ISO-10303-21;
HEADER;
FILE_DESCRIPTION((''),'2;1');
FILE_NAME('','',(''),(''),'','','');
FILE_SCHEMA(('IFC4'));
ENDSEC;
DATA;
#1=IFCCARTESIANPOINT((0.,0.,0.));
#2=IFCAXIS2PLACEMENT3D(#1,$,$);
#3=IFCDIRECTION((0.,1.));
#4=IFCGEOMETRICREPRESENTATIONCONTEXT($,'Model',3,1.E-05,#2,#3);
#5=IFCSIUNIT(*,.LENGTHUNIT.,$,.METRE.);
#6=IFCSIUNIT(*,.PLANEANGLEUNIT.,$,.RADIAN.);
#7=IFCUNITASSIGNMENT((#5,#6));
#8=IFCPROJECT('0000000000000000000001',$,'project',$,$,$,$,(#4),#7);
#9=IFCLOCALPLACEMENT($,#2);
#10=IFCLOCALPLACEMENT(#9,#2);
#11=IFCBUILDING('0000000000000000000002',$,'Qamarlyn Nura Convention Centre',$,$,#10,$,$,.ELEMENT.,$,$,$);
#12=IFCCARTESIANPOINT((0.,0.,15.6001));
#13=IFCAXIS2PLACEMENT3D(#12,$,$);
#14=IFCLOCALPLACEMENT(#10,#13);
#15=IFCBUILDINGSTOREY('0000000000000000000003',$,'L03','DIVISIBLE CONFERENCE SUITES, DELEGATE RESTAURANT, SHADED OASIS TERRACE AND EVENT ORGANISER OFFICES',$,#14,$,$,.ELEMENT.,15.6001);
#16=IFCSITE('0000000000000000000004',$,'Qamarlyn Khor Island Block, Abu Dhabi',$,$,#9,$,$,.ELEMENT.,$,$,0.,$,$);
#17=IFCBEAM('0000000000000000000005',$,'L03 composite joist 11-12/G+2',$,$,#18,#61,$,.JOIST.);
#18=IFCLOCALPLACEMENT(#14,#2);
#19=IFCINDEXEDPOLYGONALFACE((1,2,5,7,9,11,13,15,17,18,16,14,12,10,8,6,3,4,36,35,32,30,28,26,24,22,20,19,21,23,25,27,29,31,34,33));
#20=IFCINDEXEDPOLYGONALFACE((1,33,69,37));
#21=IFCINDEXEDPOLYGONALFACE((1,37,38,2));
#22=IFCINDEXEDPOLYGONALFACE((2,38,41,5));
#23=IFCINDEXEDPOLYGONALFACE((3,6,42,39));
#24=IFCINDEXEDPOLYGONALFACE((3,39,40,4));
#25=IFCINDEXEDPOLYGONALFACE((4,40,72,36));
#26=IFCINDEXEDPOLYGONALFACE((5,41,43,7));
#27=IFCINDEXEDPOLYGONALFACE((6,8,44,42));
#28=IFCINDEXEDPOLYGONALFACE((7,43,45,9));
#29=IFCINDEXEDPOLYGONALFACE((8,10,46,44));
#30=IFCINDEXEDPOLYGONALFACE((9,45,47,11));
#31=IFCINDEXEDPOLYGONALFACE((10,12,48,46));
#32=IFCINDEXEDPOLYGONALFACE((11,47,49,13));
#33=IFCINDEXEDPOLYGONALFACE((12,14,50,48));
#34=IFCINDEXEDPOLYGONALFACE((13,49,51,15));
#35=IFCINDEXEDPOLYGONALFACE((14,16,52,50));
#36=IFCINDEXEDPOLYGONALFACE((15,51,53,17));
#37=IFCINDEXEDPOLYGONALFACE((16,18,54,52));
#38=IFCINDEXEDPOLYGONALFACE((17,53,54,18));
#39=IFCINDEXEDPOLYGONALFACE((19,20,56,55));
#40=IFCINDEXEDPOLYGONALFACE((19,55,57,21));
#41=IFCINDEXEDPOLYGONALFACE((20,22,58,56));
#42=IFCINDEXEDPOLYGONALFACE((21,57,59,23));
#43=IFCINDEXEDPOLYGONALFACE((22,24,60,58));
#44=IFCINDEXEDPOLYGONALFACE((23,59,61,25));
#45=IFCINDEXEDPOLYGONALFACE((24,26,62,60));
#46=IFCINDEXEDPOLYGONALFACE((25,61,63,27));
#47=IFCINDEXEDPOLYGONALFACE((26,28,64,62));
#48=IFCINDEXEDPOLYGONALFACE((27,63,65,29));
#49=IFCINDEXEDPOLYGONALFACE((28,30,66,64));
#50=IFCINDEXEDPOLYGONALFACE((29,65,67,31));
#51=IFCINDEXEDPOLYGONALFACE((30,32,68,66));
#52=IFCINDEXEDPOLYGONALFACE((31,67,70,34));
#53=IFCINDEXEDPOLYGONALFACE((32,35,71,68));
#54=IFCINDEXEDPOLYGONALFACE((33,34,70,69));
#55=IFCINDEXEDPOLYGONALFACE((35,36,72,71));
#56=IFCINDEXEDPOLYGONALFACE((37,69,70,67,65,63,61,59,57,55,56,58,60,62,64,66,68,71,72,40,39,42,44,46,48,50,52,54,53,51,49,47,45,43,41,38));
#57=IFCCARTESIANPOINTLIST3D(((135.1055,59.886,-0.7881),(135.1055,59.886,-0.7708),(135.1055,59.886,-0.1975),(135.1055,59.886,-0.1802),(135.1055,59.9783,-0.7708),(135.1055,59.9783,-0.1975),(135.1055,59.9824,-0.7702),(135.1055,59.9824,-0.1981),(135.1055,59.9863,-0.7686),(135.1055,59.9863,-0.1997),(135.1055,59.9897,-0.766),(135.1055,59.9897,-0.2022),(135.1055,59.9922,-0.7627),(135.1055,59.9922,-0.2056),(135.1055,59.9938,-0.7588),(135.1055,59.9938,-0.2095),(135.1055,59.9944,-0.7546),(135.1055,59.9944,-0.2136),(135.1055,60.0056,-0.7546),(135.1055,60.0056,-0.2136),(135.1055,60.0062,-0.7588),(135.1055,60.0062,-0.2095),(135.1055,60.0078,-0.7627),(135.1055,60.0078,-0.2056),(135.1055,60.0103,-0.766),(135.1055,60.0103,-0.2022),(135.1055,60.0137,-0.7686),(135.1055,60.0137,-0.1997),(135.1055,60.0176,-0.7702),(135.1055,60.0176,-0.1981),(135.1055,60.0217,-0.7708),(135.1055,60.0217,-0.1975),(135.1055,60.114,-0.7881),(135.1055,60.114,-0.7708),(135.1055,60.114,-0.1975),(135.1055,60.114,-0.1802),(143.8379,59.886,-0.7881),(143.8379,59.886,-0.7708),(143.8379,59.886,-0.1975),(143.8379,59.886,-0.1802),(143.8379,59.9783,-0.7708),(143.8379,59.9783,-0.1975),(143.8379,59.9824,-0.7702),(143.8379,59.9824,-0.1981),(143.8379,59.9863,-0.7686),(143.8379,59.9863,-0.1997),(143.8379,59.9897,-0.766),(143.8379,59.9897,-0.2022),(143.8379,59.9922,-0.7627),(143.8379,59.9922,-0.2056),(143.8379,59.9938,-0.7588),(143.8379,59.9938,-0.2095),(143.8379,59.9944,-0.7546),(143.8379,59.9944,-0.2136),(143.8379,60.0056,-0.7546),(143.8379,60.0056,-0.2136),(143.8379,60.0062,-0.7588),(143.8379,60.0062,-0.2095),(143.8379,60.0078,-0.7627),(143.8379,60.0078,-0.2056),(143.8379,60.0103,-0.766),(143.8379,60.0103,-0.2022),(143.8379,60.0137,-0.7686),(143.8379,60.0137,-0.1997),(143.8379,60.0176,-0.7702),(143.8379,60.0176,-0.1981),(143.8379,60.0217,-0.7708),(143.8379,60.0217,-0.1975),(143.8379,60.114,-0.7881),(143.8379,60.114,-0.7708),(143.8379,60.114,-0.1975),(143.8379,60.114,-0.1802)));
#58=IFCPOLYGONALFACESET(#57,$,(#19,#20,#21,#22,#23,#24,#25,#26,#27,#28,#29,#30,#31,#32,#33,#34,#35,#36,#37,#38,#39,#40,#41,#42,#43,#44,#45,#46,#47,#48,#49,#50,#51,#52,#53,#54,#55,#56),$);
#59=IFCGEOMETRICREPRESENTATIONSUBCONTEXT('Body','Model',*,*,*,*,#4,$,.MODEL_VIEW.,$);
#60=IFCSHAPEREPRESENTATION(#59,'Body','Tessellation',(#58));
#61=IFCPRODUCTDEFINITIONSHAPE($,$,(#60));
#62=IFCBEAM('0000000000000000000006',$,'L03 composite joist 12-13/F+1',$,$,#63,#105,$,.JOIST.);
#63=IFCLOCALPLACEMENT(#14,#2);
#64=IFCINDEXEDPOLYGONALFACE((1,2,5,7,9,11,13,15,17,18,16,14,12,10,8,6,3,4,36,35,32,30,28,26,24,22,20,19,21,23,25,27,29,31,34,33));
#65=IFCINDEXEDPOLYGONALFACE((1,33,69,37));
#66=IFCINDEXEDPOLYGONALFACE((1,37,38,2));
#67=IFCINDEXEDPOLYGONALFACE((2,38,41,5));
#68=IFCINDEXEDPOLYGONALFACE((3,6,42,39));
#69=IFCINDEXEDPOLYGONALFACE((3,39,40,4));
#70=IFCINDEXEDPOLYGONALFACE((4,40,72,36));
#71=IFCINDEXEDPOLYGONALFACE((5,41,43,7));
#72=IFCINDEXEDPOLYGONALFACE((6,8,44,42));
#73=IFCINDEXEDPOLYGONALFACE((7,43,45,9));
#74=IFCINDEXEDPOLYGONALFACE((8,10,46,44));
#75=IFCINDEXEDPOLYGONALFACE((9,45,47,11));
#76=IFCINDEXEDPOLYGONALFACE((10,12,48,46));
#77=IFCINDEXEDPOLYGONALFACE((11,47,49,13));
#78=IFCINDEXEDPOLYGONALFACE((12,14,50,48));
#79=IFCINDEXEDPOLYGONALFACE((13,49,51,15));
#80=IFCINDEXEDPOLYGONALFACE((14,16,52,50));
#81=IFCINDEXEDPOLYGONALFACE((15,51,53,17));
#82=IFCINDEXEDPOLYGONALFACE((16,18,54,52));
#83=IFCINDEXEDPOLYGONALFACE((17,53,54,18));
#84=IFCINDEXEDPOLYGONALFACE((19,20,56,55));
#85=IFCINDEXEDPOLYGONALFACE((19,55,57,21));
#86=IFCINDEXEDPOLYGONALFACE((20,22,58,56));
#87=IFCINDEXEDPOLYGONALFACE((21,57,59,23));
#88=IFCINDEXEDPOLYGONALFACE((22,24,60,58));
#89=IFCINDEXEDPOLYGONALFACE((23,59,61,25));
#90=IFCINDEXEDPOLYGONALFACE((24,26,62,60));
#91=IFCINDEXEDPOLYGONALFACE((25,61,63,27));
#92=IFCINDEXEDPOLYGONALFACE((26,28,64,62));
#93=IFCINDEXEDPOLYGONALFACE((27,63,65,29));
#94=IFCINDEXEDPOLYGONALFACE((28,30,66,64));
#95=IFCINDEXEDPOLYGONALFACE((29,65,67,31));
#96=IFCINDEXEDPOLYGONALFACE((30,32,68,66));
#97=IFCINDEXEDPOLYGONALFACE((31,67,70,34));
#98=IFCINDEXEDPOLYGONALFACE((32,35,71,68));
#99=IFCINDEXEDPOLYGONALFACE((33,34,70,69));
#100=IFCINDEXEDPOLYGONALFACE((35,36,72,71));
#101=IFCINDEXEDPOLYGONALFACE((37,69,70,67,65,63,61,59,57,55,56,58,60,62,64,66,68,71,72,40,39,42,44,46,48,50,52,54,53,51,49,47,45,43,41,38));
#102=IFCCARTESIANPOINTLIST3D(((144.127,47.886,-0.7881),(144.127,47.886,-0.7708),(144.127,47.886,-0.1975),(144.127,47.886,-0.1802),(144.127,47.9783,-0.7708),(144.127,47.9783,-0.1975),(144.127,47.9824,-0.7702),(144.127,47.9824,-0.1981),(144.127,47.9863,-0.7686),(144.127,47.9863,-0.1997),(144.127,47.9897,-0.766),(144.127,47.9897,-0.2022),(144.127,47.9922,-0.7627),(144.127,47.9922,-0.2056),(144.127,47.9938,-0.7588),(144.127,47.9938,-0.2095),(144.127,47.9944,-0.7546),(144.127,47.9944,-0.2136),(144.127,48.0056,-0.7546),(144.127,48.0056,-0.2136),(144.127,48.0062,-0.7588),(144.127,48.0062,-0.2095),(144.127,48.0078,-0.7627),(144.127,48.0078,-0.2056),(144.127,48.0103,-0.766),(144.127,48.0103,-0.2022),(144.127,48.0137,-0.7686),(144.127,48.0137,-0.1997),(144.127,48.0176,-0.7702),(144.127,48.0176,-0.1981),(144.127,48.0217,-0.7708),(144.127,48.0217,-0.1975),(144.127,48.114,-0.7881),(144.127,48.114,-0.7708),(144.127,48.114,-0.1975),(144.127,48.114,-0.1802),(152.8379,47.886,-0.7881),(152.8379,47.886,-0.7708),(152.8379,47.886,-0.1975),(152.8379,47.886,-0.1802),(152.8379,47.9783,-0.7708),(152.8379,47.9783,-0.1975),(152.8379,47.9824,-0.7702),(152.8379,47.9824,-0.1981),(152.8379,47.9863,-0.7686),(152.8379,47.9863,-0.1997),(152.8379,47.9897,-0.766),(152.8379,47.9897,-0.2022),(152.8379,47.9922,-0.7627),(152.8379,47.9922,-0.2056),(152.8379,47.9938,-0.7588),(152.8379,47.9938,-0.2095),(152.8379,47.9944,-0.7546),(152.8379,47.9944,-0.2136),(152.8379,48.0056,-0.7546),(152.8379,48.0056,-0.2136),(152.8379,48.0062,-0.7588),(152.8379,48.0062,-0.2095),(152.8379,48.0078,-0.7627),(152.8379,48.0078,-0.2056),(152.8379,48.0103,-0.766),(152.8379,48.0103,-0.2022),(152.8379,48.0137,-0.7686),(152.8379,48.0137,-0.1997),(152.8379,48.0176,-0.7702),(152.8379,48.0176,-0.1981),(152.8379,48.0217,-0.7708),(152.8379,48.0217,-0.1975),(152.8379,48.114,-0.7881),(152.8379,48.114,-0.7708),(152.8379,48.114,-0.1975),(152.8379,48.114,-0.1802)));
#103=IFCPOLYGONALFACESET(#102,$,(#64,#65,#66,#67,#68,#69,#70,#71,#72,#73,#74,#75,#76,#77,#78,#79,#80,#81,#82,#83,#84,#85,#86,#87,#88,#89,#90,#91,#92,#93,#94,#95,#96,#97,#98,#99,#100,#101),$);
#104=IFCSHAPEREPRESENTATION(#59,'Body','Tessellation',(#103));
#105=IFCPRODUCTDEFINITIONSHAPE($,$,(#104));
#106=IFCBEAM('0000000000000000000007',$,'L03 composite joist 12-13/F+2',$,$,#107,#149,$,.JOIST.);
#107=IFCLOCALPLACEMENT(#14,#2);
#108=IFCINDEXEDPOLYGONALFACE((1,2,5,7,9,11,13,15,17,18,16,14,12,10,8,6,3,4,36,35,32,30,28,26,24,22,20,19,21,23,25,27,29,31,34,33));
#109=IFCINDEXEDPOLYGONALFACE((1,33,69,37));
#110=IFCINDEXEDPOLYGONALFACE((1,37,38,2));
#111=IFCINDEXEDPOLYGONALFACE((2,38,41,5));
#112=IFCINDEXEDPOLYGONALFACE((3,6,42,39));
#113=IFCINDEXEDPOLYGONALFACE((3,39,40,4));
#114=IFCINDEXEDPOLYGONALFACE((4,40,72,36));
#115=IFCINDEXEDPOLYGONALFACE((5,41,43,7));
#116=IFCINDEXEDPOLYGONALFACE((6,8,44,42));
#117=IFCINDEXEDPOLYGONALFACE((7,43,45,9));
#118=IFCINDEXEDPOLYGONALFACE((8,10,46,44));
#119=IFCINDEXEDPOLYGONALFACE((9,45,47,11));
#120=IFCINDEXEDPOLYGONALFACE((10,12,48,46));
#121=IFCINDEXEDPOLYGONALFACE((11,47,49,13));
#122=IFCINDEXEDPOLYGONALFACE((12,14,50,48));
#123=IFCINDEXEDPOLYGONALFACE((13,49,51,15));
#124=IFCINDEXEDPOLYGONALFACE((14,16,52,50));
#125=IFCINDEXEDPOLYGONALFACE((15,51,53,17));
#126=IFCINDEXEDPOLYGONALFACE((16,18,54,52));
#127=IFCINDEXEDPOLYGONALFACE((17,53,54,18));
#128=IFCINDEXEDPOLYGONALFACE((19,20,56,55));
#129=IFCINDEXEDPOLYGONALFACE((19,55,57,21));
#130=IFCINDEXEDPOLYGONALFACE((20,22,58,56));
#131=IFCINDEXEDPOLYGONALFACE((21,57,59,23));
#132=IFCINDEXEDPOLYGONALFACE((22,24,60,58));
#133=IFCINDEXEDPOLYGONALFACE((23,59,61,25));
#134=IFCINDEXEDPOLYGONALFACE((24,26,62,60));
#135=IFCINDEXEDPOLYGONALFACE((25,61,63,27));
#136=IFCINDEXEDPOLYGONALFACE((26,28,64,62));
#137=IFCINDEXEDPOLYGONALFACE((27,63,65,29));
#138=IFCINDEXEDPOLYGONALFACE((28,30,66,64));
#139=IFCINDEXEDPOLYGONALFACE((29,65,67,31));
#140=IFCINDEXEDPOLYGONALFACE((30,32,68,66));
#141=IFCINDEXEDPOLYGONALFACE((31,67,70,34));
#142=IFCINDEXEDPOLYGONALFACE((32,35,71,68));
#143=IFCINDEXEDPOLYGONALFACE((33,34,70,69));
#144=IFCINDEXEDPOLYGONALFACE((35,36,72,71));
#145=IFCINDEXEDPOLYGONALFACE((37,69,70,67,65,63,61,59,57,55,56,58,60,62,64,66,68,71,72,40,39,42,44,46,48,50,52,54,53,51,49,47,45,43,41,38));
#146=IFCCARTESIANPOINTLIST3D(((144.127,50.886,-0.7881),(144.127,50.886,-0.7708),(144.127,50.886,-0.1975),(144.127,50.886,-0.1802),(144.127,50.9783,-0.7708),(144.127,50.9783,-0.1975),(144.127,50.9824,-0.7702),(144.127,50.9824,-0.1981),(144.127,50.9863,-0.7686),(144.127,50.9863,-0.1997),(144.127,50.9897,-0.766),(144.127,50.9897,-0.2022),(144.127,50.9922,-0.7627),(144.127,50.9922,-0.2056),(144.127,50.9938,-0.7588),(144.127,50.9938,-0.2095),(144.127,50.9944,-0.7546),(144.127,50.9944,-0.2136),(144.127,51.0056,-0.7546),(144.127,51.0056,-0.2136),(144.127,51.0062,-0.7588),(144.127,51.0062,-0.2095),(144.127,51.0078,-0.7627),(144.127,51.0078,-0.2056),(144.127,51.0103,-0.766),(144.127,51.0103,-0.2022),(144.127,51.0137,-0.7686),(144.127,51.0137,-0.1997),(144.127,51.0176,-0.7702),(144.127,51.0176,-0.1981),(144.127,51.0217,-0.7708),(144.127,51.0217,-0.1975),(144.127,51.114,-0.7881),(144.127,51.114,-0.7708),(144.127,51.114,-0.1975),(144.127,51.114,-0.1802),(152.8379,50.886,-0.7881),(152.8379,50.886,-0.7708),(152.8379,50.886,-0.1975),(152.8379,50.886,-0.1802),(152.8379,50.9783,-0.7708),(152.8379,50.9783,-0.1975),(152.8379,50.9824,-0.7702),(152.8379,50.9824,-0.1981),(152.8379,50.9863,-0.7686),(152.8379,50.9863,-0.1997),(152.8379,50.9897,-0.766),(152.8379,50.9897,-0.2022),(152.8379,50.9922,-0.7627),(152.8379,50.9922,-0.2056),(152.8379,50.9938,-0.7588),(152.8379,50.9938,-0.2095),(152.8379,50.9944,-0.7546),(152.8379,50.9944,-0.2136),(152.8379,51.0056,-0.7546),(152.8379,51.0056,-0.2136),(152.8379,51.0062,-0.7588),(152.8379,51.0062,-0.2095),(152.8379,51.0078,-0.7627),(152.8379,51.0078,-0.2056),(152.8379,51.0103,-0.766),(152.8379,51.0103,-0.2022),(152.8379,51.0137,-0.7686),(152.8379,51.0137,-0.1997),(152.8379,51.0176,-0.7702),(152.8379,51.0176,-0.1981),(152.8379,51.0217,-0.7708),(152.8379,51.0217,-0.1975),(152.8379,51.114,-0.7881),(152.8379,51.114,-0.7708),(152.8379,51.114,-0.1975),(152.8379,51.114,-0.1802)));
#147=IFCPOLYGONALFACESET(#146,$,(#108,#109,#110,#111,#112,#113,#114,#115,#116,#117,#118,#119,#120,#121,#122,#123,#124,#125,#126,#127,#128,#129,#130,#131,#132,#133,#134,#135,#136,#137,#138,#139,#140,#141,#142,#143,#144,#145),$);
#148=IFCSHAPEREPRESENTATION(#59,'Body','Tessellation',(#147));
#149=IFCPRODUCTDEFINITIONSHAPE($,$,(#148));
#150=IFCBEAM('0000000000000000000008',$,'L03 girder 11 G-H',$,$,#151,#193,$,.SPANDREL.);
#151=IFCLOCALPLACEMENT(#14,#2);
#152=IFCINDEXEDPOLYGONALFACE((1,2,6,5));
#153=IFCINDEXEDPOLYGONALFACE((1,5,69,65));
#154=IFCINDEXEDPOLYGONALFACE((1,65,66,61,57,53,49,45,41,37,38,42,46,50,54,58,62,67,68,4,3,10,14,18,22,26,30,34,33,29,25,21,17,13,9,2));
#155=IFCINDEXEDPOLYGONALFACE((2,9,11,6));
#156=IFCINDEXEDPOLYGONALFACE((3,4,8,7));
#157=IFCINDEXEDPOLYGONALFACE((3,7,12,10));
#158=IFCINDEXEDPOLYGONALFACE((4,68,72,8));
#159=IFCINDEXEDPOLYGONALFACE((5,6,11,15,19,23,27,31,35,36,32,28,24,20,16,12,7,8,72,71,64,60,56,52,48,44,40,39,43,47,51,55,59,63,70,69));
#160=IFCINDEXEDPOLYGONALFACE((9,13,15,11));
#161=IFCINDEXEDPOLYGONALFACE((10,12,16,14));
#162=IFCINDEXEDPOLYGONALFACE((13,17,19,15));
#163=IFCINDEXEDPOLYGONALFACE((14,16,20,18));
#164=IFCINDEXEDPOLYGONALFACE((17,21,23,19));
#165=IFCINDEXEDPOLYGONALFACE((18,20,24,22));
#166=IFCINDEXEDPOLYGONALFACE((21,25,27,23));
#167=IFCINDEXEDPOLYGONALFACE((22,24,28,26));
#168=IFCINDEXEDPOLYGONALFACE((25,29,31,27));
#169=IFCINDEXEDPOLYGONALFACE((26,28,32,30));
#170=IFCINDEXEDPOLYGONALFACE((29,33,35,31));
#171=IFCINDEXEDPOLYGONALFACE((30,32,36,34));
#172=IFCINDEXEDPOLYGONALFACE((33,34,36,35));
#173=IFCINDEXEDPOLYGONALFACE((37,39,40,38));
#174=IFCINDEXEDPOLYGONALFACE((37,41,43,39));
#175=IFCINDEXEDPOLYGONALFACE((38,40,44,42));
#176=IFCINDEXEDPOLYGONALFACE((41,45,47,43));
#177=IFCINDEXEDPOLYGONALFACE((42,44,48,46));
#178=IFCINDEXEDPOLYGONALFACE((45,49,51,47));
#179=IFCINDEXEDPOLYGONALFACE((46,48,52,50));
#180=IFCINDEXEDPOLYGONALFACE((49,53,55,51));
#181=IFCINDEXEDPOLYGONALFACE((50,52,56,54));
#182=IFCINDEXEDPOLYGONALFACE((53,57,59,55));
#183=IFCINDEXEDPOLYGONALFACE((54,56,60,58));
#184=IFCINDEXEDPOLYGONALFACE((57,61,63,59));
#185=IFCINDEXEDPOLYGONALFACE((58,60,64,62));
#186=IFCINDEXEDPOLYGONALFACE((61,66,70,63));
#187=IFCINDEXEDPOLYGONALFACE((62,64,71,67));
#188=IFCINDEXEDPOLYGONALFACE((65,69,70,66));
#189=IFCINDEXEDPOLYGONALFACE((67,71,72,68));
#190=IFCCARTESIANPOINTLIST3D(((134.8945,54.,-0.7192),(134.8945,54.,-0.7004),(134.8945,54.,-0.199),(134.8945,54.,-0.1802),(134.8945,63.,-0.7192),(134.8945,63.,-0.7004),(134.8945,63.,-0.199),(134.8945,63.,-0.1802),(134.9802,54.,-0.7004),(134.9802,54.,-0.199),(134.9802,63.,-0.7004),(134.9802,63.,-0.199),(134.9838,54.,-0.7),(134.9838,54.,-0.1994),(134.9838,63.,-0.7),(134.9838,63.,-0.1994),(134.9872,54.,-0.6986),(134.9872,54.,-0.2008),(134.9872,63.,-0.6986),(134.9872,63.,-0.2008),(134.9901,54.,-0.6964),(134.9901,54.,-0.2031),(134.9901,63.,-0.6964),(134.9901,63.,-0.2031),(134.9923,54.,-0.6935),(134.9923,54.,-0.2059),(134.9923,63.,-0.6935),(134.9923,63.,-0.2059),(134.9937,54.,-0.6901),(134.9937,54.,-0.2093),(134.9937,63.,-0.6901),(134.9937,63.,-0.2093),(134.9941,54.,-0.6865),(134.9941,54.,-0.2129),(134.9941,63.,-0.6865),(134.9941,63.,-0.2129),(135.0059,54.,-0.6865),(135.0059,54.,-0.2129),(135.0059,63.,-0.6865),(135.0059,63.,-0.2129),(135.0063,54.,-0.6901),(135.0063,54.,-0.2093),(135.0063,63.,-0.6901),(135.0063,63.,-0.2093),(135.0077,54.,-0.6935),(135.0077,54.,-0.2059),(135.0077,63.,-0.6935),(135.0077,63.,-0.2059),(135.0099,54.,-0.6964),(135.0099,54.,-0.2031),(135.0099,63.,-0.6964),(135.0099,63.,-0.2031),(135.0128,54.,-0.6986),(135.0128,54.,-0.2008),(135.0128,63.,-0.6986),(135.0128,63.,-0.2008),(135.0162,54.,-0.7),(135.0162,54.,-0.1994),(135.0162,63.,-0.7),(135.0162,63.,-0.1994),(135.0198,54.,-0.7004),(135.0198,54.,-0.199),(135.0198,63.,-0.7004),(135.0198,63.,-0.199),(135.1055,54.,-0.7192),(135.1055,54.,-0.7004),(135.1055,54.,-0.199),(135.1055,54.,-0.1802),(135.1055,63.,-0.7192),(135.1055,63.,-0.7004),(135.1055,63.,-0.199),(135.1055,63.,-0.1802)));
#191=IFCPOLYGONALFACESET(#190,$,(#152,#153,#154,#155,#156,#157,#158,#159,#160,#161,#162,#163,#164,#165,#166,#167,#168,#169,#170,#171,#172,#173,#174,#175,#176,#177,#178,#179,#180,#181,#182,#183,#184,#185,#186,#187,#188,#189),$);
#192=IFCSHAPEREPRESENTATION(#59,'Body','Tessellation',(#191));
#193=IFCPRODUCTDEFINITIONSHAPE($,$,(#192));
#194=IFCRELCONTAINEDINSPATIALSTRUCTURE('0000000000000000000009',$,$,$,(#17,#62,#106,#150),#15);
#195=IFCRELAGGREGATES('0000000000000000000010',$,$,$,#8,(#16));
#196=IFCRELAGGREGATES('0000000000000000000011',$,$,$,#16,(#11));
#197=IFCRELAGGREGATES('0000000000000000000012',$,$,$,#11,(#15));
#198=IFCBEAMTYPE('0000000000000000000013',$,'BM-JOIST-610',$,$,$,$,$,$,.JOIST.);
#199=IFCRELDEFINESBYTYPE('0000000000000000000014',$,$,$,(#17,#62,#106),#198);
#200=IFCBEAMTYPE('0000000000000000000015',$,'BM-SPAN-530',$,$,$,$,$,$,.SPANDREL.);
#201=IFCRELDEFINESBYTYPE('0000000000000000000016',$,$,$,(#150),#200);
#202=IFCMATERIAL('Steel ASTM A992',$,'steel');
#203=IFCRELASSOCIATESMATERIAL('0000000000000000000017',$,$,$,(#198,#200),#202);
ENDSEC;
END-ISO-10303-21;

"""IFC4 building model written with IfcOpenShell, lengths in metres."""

from ifc_helpers import new_model, si_unit, direction, frame, origin, origin_2d, place, context, subcontext, project, spatial, i_section, extrude, material, material_profile, profile_set, type_object, element, save


model = new_model("IFC4")

# Units and contexts
model_context = context("Model", 3, precision=1e-05, world=origin(), true_north=direction((0.0, 1.0)))
body_context = subcontext(model_context, "Body", "Model", "MODEL_VIEW")
ifc_project = project(units=[si_unit("LENGTHUNIT", "METRE"), si_unit("PLANEANGLEUNIT", "RADIAN")], contexts=[model_context])

# Site, building, storey
site_placement = place(None, origin())
site = spatial("IfcSite", under=ifc_project, at=site_placement, Name="Qamarlyn Khor Island Block, Abu Dhabi", CompositionType="ELEMENT", RefElevation=0.0)
building_placement = place(site_placement, origin())
building = spatial("IfcBuilding", under=site, at=building_placement, Name="Qamarlyn Nura Convention Centre", CompositionType="ELEMENT")
storey_placement = place(building_placement, frame((0.0, 0.0, 15.6001)))
storey = spatial("IfcBuildingStorey", under=building, at=storey_placement, Name="L03", Description="DIVISIBLE CONFERENCE SUITES, DELEGATE RESTAURANT, SHADED OASIS TERRACE AND EVENT ORGANISER OFFICES", CompositionType="ELEMENT", Elevation=15.6001)

# Beams
ifc_material_1 = material(Name="Steel ASTM A992", Category="steel")
ifc_material_profile_1 = material_profile(ifc_material_1, i_section(OverallWidth=0.228, OverallDepth=0.6079, WebThickness=0.0112, FlangeThickness=0.0173, FilletRadius=0.0161, at=origin_2d()), Name="W610X113")
ifc_profile_set_1 = profile_set([ifc_material_profile_1], Name="Steel ASTM A992")
beam_type_1 = type_object("IfcBeamType", Name="BM-JOIST-610", PredefinedType="JOIST", material=ifc_profile_set_1)
for number, where, z_axis, x_axis, name in (
    (1, (135.1055, 60.0, -0.4841), (1.0, 0.0, 0.0), (0.0, 1.0, 0.0), "L03 composite joist 11-12/G+2"),
):
    element("IfcBeam", number, at=place(storey_placement, frame(where, z_axis=z_axis, x_axis=x_axis)), inside=storey, type_object=beam_type_1, Name=name, PredefinedType="JOIST", context=body_context, shape_type="SweptSolid", body=[
        extrude(i_section(OverallWidth=0.228, OverallDepth=0.6079, WebThickness=0.0112, FlangeThickness=0.0173, FilletRadius=0.0161, at=origin_2d()), origin(), (0.0, 0.0, 1.0), 8.7324),
    ])
for number, where, z_axis, x_axis, name in (
    (2, (144.127, 48.0, -0.4841), (1.0, 0.0, 0.0), (0.0, 1.0, 0.0), "L03 composite joist 12-13/F+1"),
    (3, (144.127, 51.0, -0.4841), (1.0, 0.0, 0.0), (0.0, 1.0, 0.0), "L03 composite joist 12-13/F+2"),
):
    element("IfcBeam", number, at=place(storey_placement, frame(where, z_axis=z_axis, x_axis=x_axis)), inside=storey, type_object=beam_type_1, Name=name, PredefinedType="JOIST", context=body_context, shape_type="SweptSolid", body=[
        extrude(i_section(OverallWidth=0.228, OverallDepth=0.6079, WebThickness=0.0112, FlangeThickness=0.0173, FilletRadius=0.0161, at=origin_2d()), origin(), (0.0, 0.0, 1.0), 8.7109),
    ])
ifc_material_profile_2 = material_profile(ifc_material_1, i_section(OverallWidth=0.2109, OverallDepth=0.5391, WebThickness=0.0117, FlangeThickness=0.0188, FilletRadius=0.0139, at=origin_2d()), Name="W530X109")
ifc_profile_set_2 = profile_set([ifc_material_profile_2], Name="Steel ASTM A992")
beam_type_2 = type_object("IfcBeamType", Name="BM-SPAN-530", PredefinedType="SPANDREL", material=ifc_profile_set_2)
beam_1_placement = place(storey_placement, frame((135.0, 54.0, -0.4497), z_axis=(0.0, 1.0, 0.0), x_axis=(-1.0, 0.0, 0.0)))
element("IfcBeam", 4, at=beam_1_placement, inside=storey, type_object=beam_type_2, Name="L03 girder 11 G-H", PredefinedType="SPANDREL", context=body_context, shape_type="SweptSolid", body=[
    extrude(i_section(OverallWidth=0.2109, OverallDepth=0.5391, WebThickness=0.0117, FlangeThickness=0.0188, FilletRadius=0.0139, at=origin_2d()), origin(), (0.0, 0.0, 1.0), 9.0),
])

save(model, "model.ifc")
